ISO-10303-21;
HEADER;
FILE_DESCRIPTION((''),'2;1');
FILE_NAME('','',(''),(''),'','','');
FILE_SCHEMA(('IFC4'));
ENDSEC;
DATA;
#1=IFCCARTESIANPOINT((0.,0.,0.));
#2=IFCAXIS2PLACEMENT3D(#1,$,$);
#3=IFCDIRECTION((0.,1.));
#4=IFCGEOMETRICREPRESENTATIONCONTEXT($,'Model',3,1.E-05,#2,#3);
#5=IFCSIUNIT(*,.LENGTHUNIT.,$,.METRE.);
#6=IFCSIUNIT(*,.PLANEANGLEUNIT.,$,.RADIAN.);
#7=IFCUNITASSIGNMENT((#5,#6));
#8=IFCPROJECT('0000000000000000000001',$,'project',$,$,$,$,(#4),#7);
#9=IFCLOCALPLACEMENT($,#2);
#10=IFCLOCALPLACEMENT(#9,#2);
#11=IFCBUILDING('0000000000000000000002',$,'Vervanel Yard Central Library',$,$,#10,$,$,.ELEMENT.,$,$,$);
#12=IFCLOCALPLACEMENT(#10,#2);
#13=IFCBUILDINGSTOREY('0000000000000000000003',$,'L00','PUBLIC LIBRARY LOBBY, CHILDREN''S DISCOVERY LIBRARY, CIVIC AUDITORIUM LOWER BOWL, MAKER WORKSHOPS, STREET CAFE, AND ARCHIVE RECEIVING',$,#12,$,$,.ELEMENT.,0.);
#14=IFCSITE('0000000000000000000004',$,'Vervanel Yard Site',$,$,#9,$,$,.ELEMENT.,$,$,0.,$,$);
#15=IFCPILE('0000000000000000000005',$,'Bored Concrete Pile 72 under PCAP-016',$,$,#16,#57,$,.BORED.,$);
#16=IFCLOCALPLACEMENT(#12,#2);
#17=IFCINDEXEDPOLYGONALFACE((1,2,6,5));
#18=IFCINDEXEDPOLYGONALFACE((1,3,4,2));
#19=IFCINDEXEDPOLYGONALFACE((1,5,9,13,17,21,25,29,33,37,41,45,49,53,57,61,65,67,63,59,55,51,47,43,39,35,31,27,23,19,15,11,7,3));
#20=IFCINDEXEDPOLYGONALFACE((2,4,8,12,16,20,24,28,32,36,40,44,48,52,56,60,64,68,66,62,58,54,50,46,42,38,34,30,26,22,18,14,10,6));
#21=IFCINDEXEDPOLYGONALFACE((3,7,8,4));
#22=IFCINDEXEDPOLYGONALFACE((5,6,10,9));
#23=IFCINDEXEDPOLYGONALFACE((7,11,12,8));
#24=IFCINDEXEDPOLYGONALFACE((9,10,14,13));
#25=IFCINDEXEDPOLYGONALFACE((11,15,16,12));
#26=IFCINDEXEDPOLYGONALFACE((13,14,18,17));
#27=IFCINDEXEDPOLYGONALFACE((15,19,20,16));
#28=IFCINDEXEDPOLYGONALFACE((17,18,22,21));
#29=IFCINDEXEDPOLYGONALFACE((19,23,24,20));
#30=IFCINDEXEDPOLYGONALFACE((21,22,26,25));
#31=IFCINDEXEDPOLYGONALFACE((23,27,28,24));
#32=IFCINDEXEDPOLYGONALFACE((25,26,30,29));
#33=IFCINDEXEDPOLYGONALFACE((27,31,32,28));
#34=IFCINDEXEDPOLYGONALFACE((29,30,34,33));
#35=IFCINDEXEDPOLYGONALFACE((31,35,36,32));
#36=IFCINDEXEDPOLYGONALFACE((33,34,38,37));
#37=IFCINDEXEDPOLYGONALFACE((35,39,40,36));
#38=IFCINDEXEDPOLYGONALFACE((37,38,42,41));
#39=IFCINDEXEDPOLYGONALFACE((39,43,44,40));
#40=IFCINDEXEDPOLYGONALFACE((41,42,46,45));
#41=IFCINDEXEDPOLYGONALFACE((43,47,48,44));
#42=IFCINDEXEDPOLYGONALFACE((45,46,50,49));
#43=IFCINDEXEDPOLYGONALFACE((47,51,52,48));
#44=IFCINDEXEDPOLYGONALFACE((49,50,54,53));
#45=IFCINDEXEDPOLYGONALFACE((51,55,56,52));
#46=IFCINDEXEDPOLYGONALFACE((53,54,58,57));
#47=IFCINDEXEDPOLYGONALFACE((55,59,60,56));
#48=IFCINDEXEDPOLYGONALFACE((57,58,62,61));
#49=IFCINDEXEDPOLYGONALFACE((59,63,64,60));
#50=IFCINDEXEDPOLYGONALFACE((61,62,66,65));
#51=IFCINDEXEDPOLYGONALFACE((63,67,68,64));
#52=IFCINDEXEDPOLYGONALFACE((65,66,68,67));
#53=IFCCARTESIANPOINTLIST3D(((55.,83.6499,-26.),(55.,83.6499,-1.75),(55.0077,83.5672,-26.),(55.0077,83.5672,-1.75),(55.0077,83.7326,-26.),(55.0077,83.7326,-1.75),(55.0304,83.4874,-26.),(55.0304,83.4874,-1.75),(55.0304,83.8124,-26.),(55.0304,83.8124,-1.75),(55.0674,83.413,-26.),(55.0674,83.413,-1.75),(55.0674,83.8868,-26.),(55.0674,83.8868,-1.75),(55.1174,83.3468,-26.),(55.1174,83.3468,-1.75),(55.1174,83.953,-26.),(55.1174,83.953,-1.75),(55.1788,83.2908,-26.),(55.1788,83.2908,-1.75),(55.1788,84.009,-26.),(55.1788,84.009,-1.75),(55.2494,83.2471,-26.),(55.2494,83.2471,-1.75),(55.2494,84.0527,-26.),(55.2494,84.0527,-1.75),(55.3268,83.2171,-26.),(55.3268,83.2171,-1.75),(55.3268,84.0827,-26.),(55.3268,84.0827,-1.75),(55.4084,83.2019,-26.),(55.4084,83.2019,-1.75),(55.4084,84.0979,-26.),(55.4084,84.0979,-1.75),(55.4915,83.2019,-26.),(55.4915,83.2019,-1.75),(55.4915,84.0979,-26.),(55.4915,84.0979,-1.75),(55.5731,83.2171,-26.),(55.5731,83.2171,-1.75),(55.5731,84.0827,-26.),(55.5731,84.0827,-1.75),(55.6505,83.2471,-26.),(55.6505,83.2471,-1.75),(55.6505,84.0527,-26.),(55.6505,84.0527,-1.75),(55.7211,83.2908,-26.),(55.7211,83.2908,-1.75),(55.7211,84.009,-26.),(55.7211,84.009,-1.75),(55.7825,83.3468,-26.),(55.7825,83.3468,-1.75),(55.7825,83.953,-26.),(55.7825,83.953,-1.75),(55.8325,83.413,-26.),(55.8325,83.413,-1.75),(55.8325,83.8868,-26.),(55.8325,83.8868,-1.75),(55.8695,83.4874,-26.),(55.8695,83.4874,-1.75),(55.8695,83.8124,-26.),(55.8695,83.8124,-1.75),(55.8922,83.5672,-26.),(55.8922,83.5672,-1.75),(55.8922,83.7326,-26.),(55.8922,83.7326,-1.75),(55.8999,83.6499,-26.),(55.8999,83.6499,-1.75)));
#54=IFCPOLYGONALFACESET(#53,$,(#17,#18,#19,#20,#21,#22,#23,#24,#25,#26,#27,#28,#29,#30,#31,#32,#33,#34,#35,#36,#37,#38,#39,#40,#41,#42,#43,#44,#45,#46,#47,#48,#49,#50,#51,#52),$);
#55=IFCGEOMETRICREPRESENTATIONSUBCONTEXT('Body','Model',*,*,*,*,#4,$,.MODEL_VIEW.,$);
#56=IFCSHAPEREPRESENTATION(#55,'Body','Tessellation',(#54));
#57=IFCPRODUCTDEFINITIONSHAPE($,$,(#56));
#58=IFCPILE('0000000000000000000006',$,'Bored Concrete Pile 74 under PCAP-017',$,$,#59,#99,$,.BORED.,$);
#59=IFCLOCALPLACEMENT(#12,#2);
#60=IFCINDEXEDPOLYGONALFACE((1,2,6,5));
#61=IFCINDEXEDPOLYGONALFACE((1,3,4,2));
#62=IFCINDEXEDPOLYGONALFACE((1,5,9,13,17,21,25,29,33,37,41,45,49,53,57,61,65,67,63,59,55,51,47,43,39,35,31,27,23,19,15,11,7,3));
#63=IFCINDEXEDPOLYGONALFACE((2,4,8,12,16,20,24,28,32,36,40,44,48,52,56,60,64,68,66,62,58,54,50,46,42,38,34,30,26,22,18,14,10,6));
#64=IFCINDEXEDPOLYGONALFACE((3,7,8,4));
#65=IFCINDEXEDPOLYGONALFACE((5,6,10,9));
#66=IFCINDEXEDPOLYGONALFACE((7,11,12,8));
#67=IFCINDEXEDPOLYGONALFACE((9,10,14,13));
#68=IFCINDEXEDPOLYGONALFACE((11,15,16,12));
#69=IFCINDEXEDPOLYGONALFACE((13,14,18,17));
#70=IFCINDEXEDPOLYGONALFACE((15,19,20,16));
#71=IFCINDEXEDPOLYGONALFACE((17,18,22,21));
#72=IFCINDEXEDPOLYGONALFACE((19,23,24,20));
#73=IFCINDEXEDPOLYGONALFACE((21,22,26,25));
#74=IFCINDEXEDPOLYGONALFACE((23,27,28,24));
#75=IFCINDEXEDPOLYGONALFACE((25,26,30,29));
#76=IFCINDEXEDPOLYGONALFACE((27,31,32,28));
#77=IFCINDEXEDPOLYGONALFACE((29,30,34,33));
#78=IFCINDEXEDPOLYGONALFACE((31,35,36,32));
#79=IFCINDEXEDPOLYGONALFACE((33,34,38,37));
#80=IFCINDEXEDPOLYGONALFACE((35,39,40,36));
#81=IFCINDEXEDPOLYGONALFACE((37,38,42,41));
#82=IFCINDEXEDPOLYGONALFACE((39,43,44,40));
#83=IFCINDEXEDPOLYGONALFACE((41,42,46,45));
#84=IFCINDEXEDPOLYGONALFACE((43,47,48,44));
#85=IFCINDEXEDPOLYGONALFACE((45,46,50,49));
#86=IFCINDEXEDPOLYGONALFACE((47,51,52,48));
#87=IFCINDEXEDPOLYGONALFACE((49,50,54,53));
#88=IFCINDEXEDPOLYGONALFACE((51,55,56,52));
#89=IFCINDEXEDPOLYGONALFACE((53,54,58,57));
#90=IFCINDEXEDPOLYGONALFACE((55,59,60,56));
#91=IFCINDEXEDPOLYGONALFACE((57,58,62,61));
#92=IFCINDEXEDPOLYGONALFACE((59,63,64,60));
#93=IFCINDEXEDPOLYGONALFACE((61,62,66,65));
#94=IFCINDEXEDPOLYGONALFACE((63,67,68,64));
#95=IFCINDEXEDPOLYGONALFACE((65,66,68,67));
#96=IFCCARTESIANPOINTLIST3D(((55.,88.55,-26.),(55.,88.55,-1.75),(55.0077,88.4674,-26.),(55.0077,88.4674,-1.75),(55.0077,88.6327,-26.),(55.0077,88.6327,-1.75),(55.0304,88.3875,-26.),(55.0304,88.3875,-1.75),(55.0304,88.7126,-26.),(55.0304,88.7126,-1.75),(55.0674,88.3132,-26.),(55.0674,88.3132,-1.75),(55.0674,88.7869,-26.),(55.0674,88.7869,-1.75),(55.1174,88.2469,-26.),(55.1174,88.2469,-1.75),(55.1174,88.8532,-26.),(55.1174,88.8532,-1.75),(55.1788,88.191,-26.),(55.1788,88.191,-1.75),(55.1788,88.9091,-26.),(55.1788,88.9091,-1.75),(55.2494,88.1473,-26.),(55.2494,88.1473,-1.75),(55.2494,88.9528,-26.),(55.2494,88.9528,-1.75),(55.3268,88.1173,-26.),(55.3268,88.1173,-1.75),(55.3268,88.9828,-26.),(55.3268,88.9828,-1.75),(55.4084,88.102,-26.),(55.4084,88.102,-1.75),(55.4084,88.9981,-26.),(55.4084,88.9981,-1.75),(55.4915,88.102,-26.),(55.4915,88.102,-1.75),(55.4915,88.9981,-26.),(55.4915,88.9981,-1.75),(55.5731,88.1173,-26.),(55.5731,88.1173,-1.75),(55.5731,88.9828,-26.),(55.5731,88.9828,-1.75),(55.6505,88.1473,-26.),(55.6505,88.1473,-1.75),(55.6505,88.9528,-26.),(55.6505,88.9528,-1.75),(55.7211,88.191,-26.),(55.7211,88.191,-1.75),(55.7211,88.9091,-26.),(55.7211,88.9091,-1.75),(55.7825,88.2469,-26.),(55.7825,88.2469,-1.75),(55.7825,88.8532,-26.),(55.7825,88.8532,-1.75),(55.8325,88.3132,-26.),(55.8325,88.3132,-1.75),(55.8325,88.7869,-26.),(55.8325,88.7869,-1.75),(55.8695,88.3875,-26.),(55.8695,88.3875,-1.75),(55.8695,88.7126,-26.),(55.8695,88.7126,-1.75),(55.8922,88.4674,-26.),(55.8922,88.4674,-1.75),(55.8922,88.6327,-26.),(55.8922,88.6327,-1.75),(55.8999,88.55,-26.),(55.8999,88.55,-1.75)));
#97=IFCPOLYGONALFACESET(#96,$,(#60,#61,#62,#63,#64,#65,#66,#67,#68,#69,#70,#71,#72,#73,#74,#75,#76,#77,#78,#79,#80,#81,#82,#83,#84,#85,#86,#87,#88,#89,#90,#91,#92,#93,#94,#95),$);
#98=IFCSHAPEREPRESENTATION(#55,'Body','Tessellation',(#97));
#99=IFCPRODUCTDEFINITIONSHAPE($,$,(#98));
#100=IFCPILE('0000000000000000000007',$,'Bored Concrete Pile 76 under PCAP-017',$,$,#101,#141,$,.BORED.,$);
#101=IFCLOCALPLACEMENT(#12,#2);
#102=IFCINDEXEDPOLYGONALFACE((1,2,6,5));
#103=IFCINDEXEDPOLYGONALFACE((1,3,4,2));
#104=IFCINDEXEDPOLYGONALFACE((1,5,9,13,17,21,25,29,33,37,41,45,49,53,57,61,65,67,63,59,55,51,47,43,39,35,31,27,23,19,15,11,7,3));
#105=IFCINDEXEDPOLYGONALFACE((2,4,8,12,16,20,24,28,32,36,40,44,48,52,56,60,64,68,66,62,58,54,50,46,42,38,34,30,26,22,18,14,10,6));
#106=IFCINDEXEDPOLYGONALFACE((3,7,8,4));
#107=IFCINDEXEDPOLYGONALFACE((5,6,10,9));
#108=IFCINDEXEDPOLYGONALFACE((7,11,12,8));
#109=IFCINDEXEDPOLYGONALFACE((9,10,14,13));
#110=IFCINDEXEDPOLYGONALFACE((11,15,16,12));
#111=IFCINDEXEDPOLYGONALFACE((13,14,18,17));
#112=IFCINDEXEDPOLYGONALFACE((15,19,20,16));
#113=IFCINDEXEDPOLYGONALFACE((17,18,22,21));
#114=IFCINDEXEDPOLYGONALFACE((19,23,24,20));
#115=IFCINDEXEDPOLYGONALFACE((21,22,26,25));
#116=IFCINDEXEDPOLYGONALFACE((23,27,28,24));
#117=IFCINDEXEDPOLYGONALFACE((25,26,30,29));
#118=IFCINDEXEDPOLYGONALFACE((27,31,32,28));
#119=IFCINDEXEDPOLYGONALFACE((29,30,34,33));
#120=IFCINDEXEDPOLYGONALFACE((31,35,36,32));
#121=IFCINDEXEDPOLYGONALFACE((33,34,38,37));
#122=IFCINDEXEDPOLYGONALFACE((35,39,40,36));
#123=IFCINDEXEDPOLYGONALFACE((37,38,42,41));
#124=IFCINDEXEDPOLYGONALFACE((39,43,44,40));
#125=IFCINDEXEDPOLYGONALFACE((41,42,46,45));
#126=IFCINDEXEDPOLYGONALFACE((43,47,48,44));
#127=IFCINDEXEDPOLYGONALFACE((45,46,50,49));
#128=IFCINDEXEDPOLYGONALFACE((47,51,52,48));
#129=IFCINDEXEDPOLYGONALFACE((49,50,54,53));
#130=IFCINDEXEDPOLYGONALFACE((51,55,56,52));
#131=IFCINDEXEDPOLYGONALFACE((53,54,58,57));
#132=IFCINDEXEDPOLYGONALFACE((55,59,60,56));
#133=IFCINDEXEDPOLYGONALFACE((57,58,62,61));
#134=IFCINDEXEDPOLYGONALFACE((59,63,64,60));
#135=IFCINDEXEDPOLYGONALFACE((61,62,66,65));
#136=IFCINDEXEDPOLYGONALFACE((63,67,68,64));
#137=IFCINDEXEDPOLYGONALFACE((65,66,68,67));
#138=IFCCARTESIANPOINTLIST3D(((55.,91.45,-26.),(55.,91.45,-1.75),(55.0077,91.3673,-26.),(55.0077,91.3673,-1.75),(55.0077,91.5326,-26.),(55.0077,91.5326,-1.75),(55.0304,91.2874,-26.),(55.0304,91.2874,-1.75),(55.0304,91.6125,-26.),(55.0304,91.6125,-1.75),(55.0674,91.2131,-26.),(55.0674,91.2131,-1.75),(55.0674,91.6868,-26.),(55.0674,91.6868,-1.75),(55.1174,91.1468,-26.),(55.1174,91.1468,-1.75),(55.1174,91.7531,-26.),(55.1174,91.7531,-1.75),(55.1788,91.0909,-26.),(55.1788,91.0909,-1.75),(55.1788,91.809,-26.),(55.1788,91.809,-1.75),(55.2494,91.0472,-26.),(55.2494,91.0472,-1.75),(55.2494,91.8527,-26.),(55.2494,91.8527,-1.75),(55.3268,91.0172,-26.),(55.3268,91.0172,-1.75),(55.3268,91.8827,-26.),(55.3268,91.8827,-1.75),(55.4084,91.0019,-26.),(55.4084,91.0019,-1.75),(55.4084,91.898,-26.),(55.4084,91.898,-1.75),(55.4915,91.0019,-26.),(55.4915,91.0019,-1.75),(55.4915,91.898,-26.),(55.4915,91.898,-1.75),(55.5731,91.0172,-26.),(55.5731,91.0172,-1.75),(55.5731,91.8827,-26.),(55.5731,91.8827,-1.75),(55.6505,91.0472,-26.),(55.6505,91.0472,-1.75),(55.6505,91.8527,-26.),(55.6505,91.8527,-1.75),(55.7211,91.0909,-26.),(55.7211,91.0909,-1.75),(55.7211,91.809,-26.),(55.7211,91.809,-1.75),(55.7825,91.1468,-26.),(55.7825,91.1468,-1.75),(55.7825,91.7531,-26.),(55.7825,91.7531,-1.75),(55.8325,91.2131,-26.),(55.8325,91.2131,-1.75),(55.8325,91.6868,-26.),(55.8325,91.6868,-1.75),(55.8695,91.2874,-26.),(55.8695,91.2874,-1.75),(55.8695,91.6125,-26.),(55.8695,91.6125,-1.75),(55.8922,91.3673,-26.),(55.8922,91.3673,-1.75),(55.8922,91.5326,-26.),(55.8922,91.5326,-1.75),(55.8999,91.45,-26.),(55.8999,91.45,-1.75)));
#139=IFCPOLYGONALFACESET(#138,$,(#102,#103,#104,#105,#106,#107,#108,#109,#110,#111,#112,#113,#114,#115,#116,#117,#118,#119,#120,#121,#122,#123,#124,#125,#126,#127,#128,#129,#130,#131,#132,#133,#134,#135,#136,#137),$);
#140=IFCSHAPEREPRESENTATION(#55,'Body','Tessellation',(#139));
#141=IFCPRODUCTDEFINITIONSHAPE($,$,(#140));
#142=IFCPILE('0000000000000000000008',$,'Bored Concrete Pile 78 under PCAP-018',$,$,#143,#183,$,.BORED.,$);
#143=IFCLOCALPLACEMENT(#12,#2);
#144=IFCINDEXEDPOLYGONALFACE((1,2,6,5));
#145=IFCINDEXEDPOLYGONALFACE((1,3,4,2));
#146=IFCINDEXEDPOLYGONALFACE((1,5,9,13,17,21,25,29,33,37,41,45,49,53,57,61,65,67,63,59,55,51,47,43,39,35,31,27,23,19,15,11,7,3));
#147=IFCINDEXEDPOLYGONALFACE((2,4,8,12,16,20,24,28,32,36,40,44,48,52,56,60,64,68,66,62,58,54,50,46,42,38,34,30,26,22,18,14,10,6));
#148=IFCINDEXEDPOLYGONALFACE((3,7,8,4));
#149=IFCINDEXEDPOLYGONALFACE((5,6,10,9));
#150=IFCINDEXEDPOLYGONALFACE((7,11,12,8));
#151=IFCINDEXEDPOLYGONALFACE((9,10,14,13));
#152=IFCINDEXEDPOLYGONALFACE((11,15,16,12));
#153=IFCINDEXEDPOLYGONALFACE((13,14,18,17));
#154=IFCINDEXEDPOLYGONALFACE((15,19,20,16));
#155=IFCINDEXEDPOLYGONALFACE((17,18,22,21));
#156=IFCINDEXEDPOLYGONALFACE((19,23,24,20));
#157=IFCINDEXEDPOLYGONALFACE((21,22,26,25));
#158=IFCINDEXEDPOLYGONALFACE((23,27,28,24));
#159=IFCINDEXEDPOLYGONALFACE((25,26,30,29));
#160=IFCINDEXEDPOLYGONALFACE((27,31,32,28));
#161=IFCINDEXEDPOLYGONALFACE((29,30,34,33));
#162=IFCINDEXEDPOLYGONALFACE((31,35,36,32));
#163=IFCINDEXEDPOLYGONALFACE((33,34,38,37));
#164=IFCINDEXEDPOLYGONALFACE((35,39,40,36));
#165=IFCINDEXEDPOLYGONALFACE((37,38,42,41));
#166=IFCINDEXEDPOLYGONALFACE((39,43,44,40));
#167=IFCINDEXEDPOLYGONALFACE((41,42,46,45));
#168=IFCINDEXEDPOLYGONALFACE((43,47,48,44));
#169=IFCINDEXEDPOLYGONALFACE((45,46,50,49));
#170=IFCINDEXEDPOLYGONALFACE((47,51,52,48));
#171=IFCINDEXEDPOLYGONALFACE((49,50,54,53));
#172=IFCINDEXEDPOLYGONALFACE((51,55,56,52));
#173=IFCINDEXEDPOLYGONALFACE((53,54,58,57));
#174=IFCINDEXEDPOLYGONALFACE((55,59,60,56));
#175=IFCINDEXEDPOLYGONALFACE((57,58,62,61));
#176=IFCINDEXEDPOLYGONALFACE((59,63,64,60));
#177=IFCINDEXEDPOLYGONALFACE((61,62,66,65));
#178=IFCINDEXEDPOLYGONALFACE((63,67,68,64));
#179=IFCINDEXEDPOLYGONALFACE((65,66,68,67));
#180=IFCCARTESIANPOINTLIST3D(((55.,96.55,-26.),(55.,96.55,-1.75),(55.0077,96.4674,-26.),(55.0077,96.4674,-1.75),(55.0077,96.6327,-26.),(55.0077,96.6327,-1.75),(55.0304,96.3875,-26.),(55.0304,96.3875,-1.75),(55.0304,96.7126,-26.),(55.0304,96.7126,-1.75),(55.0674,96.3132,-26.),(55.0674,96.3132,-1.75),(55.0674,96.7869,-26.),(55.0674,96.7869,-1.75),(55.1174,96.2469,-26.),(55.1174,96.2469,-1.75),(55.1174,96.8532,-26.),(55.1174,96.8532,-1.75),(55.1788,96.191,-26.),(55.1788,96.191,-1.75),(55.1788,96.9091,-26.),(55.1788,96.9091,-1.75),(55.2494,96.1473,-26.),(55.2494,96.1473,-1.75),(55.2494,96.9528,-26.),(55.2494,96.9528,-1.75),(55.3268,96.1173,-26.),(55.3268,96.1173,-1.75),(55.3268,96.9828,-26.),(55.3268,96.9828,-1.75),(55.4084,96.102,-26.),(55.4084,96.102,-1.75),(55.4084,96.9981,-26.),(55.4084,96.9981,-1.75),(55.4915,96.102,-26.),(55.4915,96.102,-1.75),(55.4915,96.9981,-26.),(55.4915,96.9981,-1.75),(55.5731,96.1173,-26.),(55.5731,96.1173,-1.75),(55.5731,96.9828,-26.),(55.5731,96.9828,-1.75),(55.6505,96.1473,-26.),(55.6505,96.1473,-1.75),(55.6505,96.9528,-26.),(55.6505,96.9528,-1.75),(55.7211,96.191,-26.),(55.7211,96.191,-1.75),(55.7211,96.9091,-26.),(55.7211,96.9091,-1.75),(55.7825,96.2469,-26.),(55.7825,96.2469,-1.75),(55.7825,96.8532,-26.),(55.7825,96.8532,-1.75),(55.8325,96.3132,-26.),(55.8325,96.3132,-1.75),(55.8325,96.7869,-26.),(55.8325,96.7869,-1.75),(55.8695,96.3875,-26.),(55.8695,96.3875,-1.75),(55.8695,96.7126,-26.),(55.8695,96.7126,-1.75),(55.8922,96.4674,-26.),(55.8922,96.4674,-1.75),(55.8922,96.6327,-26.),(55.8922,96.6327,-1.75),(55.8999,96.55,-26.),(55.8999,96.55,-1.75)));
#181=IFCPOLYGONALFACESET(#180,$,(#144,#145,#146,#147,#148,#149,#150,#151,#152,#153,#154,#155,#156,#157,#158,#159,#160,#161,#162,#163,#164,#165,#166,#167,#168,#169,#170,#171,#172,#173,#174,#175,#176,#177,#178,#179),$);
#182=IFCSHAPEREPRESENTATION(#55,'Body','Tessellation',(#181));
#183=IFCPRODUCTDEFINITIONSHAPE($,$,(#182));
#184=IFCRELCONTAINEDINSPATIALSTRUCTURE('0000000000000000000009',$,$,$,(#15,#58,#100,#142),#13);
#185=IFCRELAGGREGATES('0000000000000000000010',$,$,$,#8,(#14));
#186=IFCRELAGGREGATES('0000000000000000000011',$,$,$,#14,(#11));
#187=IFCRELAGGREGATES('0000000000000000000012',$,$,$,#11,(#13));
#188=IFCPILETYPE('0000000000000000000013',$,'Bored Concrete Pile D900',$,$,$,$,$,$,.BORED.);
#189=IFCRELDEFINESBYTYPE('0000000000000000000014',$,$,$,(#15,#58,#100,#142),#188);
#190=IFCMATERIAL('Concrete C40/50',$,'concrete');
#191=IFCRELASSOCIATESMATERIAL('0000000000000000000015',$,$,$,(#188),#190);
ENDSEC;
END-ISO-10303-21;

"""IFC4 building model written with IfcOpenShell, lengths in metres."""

from ifc_helpers import new_model, si_unit, direction, frame, origin, origin_2d, place, context, subcontext, project, spatial, circle, extrude, material, material_profile, profile_set, type_object, element, save


model = new_model("IFC4")

# Units and contexts
model_context = context("Model", 3, precision=1e-05, world=origin(), true_north=direction((0.0, 1.0)))
body_context = subcontext(model_context, "Body", "Model", "MODEL_VIEW")
ifc_project = project(units=[si_unit("LENGTHUNIT", "METRE"), si_unit("PLANEANGLEUNIT", "RADIAN")], contexts=[model_context])

# Site, building, storey
site_placement = place(None, origin())
site = spatial("IfcSite", under=ifc_project, at=site_placement, Name="Vervanel Yard Site", CompositionType="ELEMENT", RefElevation=0.0)
building_placement = place(site_placement, origin())
building = spatial("IfcBuilding", under=site, at=building_placement, Name="Vervanel Yard Central Library", CompositionType="ELEMENT")
storey_placement = place(building_placement, origin())
storey = spatial("IfcBuildingStorey", under=building, at=storey_placement, Name="L00", Description="PUBLIC LIBRARY LOBBY, CHILDREN'S DISCOVERY LIBRARY, CIVIC AUDITORIUM LOWER BOWL, MAKER WORKSHOPS, STREET CAFE, AND ARCHIVE RECEIVING", CompositionType="ELEMENT", Elevation=0.0)

# Piles
ifc_material_1 = material(Name="Concrete C40/50", Category="concrete")
ifc_material_profile_1 = material_profile(ifc_material_1, circle(Radius=0.45, at=origin_2d()), Name="BP D900", Category="concrete")
ifc_profile_set_1 = profile_set([ifc_material_profile_1], Name="Concrete C40/50")
pile_type = type_object("IfcPileType", Name="Bored Concrete Pile D900", PredefinedType="BORED", material=ifc_profile_set_1)
for number, where, z_axis, x_axis, name in (
    (1, (55.45, 83.6499, -1.75), (0.0, 0.0, -1.0), (1.0, 0.0, 0.0), "Bored Concrete Pile 72 under PCAP-016"),
    (2, (55.45, 88.55, -1.75), (0.0, 0.0, -1.0), (1.0, 0.0, 0.0), "Bored Concrete Pile 74 under PCAP-017"),
    (3, (55.45, 91.45, -1.75), (0.0, 0.0, -1.0), (1.0, 0.0, 0.0), "Bored Concrete Pile 76 under PCAP-017"),
    (4, (55.45, 96.55, -1.75), (0.0, 0.0, -1.0), (1.0, 0.0, 0.0), "Bored Concrete Pile 78 under PCAP-018"),
):
    element("IfcPile", number, at=place(storey_placement, frame(where, z_axis=z_axis, x_axis=x_axis)), inside=storey, type_object=pile_type, Name=name, PredefinedType="BORED", context=body_context, shape_type="SweptSolid", body=[
        extrude(circle(Radius=0.45, at=origin_2d()), origin(), (0.0, 0.0, 1.0), 24.25),
    ])

save(model, "model.ifc")
